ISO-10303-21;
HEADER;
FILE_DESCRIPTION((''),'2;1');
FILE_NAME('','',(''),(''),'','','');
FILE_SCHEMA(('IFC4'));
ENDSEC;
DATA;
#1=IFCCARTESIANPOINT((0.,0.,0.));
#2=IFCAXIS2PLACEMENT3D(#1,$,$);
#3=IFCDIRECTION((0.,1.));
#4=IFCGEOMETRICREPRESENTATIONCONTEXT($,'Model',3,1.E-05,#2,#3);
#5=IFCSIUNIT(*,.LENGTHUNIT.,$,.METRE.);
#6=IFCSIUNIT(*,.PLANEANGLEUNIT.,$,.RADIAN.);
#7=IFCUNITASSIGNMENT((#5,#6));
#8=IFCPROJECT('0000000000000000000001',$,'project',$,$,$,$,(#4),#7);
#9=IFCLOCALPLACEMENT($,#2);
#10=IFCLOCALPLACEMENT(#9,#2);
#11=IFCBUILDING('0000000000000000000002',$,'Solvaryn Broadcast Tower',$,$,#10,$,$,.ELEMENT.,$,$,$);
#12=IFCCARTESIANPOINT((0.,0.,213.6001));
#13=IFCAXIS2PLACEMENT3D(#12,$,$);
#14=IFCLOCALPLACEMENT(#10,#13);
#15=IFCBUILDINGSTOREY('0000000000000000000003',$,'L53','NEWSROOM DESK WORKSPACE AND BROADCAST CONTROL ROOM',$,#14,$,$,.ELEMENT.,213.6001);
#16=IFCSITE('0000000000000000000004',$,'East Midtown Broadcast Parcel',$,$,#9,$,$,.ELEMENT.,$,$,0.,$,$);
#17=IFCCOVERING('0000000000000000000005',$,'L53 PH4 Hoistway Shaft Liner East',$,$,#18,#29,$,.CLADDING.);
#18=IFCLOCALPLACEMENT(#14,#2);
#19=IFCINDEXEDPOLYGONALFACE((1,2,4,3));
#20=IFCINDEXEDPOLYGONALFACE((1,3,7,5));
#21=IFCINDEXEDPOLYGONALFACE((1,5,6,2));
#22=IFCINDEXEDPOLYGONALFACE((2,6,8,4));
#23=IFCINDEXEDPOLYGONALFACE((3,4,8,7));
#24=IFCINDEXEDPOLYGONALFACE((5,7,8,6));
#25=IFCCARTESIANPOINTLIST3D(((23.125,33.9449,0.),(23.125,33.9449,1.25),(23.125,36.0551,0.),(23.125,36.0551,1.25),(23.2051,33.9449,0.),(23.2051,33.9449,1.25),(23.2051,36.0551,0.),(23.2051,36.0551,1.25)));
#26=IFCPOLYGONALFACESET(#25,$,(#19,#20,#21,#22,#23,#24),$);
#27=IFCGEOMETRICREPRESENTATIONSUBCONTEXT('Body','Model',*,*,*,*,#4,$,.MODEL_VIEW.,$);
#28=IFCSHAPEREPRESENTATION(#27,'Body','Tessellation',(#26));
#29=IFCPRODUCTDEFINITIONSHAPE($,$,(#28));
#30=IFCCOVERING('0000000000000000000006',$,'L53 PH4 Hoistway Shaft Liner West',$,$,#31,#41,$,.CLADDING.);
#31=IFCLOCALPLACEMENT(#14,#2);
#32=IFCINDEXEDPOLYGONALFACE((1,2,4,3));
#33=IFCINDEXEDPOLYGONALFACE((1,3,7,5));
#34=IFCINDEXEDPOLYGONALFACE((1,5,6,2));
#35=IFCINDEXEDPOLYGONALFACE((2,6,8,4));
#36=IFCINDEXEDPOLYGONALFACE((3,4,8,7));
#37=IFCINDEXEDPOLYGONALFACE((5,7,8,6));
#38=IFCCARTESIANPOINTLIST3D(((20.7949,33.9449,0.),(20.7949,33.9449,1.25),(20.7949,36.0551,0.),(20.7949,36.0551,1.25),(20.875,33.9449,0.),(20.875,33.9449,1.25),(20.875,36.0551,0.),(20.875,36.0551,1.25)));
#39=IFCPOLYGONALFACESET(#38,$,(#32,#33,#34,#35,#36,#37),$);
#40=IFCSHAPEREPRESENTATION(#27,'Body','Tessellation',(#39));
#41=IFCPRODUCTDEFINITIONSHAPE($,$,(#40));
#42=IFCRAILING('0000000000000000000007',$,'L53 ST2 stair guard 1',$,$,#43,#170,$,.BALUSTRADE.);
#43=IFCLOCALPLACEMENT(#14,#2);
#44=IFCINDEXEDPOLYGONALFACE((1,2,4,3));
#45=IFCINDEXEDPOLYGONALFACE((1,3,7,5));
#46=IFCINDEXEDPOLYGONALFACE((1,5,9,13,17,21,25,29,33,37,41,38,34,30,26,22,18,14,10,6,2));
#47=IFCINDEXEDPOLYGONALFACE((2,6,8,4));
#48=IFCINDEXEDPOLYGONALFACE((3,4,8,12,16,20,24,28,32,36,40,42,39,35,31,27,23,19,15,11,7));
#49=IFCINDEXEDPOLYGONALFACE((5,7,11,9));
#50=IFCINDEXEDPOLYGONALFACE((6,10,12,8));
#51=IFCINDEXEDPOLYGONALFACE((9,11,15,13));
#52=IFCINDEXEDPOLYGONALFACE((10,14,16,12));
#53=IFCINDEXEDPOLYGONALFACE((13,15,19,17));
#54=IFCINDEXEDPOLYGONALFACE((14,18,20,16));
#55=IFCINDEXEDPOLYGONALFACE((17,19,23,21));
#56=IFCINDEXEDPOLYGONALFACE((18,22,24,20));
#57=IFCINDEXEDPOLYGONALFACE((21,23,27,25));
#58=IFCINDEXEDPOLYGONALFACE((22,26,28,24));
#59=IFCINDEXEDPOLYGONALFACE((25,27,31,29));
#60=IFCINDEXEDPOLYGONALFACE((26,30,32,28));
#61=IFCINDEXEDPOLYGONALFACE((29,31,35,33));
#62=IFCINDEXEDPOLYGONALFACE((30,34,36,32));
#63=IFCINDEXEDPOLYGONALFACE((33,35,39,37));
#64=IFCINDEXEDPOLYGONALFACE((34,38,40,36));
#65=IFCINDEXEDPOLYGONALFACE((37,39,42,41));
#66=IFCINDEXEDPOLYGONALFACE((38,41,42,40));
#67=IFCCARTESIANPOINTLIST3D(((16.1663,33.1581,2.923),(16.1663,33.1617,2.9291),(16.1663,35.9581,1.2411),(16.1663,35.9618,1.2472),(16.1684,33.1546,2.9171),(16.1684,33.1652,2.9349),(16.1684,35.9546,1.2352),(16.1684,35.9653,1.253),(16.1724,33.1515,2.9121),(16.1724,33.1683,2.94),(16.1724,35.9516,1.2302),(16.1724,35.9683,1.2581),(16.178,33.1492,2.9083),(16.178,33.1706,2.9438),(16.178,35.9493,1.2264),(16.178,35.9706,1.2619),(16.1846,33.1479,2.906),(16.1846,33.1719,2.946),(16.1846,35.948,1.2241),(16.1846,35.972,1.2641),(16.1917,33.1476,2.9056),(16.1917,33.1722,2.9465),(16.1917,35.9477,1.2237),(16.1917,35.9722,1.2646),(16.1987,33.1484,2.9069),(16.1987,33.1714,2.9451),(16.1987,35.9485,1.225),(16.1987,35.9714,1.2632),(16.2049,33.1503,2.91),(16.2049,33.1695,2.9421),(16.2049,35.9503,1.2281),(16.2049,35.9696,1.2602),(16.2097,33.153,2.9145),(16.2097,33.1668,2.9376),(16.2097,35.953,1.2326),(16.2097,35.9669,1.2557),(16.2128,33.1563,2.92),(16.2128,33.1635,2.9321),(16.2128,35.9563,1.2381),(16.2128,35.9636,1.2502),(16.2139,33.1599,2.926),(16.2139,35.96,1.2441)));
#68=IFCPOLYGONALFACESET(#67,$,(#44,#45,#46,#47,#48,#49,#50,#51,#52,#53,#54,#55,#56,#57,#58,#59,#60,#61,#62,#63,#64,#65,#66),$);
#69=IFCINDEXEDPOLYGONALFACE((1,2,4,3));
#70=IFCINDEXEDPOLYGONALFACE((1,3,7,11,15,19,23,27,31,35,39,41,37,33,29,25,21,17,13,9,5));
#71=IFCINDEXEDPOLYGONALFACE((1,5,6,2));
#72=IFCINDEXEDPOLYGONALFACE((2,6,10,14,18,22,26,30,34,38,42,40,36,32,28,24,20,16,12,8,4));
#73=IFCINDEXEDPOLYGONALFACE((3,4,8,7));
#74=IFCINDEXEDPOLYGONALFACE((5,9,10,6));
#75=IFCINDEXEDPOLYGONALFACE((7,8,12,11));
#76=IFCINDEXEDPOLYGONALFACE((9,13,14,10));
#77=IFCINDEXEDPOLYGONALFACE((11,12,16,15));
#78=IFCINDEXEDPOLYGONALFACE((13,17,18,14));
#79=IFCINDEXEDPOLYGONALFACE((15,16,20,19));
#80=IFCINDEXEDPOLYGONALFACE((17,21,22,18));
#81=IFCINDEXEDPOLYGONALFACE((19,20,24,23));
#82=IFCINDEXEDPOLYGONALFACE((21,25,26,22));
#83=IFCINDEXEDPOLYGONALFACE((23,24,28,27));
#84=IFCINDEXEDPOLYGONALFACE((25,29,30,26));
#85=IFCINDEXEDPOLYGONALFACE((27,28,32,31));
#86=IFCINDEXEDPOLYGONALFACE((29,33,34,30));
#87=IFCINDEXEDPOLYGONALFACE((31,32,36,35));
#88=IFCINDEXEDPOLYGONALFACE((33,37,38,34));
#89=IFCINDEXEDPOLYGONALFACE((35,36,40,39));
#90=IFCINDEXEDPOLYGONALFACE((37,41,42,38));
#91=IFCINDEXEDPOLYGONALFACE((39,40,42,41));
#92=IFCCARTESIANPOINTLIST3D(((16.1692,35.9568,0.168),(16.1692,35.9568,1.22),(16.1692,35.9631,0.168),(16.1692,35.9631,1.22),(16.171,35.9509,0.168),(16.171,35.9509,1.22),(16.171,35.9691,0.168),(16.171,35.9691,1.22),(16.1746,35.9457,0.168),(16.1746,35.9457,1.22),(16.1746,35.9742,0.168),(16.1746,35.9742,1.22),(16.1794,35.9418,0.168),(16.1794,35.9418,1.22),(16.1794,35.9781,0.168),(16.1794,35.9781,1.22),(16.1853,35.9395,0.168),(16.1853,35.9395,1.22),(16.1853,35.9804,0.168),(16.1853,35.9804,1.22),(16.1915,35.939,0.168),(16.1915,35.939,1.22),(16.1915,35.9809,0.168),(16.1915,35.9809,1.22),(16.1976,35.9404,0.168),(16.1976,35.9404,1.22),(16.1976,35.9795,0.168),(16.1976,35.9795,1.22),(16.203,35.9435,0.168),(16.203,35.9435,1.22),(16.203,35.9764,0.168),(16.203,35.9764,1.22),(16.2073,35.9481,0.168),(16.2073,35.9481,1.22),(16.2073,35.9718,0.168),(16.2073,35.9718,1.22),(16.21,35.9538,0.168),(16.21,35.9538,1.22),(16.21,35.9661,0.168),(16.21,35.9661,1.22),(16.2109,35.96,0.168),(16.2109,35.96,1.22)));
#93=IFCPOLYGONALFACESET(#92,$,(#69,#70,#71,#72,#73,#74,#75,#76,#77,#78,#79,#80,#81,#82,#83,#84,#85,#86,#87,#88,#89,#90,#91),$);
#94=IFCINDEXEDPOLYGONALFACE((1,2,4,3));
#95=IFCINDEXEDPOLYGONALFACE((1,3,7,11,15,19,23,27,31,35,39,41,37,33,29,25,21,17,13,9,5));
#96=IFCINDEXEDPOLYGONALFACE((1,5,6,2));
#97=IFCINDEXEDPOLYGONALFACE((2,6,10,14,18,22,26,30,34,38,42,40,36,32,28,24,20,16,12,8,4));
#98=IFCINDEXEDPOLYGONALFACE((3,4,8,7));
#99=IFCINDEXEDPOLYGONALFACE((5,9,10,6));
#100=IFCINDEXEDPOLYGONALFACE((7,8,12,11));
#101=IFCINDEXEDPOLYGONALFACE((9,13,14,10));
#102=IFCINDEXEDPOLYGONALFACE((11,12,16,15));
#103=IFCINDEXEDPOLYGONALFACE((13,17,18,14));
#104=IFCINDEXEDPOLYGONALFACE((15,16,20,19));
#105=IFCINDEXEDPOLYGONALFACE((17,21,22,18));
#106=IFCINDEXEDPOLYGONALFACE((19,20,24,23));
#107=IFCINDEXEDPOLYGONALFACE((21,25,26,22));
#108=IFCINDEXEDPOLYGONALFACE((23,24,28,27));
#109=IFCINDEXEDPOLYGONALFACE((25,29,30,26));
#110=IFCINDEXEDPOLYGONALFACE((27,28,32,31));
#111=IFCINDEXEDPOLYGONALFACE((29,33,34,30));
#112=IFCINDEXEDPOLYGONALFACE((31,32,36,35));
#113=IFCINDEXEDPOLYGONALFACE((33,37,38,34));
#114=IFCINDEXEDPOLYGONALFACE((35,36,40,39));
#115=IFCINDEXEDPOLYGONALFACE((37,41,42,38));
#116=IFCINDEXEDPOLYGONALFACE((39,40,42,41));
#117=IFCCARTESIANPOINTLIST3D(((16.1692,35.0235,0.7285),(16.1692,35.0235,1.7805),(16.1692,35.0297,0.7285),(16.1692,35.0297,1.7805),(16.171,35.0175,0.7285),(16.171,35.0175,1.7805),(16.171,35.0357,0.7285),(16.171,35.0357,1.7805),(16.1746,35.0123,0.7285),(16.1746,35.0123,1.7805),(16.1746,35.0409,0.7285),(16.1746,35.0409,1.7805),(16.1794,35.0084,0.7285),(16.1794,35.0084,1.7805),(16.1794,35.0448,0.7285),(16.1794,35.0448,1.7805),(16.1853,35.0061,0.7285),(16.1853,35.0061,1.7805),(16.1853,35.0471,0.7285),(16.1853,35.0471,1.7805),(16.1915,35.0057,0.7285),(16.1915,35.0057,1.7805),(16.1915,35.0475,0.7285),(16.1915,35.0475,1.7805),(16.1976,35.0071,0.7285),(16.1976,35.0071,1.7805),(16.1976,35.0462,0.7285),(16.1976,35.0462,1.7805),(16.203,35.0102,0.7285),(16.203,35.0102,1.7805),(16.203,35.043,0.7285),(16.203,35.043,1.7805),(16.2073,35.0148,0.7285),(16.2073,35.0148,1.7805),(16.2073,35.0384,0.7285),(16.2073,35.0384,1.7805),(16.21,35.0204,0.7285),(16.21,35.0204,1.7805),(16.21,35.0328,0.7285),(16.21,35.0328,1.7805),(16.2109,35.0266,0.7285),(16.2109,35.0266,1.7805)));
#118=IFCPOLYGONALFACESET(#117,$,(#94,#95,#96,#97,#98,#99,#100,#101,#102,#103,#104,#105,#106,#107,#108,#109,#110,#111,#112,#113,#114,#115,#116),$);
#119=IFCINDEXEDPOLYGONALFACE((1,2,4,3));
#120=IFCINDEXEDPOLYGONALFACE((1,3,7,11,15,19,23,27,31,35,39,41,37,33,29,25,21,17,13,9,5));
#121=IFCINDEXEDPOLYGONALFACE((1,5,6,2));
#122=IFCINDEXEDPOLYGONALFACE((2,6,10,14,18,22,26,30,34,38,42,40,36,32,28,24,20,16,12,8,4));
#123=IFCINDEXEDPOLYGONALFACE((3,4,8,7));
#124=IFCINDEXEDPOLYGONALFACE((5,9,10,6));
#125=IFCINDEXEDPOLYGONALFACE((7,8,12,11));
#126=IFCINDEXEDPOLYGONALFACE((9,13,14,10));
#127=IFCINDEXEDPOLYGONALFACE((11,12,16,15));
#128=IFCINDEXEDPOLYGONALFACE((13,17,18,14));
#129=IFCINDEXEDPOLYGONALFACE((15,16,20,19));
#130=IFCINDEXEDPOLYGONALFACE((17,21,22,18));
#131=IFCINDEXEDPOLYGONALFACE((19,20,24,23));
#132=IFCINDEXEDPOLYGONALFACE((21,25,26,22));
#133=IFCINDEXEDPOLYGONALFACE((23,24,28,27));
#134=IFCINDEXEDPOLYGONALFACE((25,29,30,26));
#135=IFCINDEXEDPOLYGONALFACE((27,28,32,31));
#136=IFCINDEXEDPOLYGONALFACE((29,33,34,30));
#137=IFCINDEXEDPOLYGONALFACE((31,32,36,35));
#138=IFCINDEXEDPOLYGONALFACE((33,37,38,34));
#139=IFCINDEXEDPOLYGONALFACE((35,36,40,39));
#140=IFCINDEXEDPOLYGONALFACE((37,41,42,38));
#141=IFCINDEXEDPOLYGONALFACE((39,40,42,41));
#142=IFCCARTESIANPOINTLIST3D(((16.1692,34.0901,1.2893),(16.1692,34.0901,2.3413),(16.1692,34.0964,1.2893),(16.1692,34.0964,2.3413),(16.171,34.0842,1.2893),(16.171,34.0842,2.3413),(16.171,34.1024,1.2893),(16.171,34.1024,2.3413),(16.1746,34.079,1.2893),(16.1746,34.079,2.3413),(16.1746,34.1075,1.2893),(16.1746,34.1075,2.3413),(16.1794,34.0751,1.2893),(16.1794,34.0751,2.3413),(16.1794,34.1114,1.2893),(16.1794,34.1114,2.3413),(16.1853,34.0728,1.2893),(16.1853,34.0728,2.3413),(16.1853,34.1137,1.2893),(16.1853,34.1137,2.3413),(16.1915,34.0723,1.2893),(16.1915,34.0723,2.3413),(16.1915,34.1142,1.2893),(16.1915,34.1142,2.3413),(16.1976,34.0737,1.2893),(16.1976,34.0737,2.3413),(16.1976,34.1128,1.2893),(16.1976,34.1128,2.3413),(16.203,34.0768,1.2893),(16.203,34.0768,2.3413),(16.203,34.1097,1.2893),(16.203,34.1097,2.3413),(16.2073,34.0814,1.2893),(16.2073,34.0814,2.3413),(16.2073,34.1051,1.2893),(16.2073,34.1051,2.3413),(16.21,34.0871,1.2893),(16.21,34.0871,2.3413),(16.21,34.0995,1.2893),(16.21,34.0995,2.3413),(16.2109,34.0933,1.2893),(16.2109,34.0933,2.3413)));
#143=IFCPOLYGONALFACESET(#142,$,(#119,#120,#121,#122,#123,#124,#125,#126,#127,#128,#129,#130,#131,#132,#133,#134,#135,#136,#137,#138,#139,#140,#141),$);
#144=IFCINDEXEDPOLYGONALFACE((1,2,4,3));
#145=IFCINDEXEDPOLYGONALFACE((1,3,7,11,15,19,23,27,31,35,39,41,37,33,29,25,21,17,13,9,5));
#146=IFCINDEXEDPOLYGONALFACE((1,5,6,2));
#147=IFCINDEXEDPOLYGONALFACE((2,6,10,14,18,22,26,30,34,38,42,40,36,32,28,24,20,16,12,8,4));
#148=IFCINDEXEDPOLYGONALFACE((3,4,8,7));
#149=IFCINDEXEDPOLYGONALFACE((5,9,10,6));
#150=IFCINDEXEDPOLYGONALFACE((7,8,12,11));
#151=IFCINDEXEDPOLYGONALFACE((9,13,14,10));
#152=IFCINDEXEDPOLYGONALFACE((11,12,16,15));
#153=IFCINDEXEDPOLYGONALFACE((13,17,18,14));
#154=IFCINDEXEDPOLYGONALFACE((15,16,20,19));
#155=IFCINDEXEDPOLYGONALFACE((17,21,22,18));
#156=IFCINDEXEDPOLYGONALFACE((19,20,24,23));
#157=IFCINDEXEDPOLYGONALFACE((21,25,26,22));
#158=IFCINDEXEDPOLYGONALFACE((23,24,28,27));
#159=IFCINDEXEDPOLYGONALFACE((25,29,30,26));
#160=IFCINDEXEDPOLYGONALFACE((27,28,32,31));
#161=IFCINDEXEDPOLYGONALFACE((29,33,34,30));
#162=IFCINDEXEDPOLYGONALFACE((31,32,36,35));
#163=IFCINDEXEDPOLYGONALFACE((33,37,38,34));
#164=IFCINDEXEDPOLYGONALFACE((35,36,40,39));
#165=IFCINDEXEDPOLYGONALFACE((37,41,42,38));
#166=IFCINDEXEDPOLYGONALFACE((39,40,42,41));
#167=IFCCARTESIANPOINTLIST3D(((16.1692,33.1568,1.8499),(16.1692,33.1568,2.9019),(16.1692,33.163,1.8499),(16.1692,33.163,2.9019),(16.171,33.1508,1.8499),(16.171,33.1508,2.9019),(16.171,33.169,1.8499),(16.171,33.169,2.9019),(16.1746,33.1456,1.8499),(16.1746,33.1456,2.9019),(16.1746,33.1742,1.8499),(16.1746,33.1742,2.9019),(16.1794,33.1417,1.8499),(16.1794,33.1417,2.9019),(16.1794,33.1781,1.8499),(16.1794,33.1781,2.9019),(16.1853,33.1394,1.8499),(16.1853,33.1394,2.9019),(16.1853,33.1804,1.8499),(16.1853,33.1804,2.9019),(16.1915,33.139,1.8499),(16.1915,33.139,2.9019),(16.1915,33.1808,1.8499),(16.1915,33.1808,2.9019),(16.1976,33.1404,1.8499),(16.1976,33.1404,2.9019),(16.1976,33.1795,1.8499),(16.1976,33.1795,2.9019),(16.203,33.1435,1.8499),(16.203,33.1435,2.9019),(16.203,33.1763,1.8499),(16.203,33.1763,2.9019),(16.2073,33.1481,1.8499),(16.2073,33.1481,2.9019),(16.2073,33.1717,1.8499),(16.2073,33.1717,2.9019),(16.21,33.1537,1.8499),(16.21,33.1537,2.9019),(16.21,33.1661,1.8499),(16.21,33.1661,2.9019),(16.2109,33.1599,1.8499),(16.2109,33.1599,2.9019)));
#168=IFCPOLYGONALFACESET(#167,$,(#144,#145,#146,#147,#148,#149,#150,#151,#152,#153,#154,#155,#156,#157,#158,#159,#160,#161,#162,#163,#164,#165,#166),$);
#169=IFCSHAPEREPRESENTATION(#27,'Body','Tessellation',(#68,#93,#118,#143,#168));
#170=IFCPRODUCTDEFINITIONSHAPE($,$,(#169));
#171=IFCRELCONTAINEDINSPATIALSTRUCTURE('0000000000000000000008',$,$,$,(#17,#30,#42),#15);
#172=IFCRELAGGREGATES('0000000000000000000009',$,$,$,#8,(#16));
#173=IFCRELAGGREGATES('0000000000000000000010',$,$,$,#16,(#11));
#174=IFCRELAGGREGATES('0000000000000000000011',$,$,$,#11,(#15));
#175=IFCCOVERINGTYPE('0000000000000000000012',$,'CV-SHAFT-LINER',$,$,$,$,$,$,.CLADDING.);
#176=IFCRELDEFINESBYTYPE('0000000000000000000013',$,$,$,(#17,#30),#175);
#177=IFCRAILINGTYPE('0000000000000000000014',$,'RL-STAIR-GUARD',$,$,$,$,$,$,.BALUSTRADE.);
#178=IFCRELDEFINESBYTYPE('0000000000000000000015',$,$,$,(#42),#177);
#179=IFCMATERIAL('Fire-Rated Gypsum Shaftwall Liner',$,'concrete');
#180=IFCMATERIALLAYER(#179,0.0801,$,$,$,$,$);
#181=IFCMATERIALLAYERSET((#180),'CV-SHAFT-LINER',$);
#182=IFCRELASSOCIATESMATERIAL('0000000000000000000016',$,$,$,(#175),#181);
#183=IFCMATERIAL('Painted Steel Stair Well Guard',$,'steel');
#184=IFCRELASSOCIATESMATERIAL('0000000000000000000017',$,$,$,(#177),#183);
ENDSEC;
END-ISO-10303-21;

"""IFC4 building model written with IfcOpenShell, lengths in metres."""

from ifc_helpers import new_model, si_unit, direction, frame, origin, origin_2d, place, context, subcontext, project, spatial, rectangle, circle, extrude, material, layer, layer_set, type_object, element, save


model = new_model("IFC4")

# Units and contexts
model_context = context("Model", 3, precision=1e-05, world=origin(), true_north=direction((0.0, 1.0)))
body_context = subcontext(model_context, "Body", "Model", "MODEL_VIEW")
ifc_project = project(units=[si_unit("LENGTHUNIT", "METRE"), si_unit("PLANEANGLEUNIT", "RADIAN")], contexts=[model_context])

# Site, building, storey
site_placement = place(None, origin())
site = spatial("IfcSite", under=ifc_project, at=site_placement, Name="East Midtown Broadcast Parcel", CompositionType="ELEMENT", RefElevation=0.0)
building_placement = place(site_placement, origin())
building = spatial("IfcBuilding", under=site, at=building_placement, Name="Solvaryn Broadcast Tower", CompositionType="ELEMENT")
storey_placement = place(building_placement, frame((0.0, 0.0, 213.6001)))
storey = spatial("IfcBuildingStorey", under=building, at=storey_placement, Name="L53", Description="NEWSROOM DESK WORKSPACE AND BROADCAST CONTROL ROOM", CompositionType="ELEMENT", Elevation=213.6001)

# Coverings
ifc_material_1 = material(Name="Fire-Rated Gypsum Shaftwall Liner", Category="concrete")
ifc_layer_1 = layer(ifc_material_1, 0.0801)
ifc_layer_set_1 = layer_set([ifc_layer_1], Name="CV-SHAFT-LINER")
covering_type = type_object("IfcCoveringType", Name="CV-SHAFT-LINER", PredefinedType="CLADDING", material=ifc_layer_set_1)
for number, where, z_axis, x_axis, name in (
    (1, (23.165, 35.0, 0.0), (0.0, 0.0, 1.0), (1.0, 0.0, 0.0), "L53 PH4 Hoistway Shaft Liner East"),
    (2, (20.835, 35.0, 0.0), (0.0, 0.0, 1.0), (1.0, 0.0, 0.0), "L53 PH4 Hoistway Shaft Liner West"),
):
    element("IfcCovering", number, at=place(storey_placement, frame(where, z_axis=z_axis, x_axis=x_axis)), inside=storey, type_object=covering_type, Name=name, PredefinedType="CLADDING", context=body_context, shape_type="SweptSolid", body=[
        extrude(rectangle(XDim=0.0801, YDim=2.1101, at=origin_2d()), origin(), (0.0, 0.0, 1.0), 1.25),
    ])

# Railing
ifc_material_2 = material(Name="Painted Steel Stair Well Guard", Category="steel")
railing_type_1 = type_object("IfcRailingType", Name="RL-STAIR-GUARD", PredefinedType="BALUSTRADE", material=ifc_material_2)
railing_1_placement = place(storey_placement, frame((16.1899, 35.96, 0.168)))
element("IfcRailing", 3, at=railing_1_placement, inside=storey, type_object=railing_type_1, Name="L53 ST2 stair guard 1", PredefinedType="BALUSTRADE", context=body_context, shape_type="SweptSolid", body=[
    extrude(circle(Radius=0.0239, at=origin_2d()), frame((0.0, 0.0, 1.0762), z_axis=(0.0, -0.857242, 0.514913), x_axis=(1.0, 0.0, 0.0)), (0.0, 0.0, 1.0), 3.2664),
    extrude(circle(Radius=0.021, at=origin_2d()), origin(), (0.0, 0.0, 1.0), 1.052),
    extrude(circle(Radius=0.021, at=origin_2d()), frame((0.0, -0.9333, 0.5605)), (0.0, 0.0, 1.0), 1.052),
    extrude(circle(Radius=0.021, at=origin_2d()), frame((0.0, -1.8667, 1.1213)), (0.0, 0.0, 1.0), 1.052),
    extrude(circle(Radius=0.021, at=origin_2d()), frame((0.0, -2.8, 1.6819)), (0.0, 0.0, 1.0), 1.052),
])

save(model, "model.ifc")
